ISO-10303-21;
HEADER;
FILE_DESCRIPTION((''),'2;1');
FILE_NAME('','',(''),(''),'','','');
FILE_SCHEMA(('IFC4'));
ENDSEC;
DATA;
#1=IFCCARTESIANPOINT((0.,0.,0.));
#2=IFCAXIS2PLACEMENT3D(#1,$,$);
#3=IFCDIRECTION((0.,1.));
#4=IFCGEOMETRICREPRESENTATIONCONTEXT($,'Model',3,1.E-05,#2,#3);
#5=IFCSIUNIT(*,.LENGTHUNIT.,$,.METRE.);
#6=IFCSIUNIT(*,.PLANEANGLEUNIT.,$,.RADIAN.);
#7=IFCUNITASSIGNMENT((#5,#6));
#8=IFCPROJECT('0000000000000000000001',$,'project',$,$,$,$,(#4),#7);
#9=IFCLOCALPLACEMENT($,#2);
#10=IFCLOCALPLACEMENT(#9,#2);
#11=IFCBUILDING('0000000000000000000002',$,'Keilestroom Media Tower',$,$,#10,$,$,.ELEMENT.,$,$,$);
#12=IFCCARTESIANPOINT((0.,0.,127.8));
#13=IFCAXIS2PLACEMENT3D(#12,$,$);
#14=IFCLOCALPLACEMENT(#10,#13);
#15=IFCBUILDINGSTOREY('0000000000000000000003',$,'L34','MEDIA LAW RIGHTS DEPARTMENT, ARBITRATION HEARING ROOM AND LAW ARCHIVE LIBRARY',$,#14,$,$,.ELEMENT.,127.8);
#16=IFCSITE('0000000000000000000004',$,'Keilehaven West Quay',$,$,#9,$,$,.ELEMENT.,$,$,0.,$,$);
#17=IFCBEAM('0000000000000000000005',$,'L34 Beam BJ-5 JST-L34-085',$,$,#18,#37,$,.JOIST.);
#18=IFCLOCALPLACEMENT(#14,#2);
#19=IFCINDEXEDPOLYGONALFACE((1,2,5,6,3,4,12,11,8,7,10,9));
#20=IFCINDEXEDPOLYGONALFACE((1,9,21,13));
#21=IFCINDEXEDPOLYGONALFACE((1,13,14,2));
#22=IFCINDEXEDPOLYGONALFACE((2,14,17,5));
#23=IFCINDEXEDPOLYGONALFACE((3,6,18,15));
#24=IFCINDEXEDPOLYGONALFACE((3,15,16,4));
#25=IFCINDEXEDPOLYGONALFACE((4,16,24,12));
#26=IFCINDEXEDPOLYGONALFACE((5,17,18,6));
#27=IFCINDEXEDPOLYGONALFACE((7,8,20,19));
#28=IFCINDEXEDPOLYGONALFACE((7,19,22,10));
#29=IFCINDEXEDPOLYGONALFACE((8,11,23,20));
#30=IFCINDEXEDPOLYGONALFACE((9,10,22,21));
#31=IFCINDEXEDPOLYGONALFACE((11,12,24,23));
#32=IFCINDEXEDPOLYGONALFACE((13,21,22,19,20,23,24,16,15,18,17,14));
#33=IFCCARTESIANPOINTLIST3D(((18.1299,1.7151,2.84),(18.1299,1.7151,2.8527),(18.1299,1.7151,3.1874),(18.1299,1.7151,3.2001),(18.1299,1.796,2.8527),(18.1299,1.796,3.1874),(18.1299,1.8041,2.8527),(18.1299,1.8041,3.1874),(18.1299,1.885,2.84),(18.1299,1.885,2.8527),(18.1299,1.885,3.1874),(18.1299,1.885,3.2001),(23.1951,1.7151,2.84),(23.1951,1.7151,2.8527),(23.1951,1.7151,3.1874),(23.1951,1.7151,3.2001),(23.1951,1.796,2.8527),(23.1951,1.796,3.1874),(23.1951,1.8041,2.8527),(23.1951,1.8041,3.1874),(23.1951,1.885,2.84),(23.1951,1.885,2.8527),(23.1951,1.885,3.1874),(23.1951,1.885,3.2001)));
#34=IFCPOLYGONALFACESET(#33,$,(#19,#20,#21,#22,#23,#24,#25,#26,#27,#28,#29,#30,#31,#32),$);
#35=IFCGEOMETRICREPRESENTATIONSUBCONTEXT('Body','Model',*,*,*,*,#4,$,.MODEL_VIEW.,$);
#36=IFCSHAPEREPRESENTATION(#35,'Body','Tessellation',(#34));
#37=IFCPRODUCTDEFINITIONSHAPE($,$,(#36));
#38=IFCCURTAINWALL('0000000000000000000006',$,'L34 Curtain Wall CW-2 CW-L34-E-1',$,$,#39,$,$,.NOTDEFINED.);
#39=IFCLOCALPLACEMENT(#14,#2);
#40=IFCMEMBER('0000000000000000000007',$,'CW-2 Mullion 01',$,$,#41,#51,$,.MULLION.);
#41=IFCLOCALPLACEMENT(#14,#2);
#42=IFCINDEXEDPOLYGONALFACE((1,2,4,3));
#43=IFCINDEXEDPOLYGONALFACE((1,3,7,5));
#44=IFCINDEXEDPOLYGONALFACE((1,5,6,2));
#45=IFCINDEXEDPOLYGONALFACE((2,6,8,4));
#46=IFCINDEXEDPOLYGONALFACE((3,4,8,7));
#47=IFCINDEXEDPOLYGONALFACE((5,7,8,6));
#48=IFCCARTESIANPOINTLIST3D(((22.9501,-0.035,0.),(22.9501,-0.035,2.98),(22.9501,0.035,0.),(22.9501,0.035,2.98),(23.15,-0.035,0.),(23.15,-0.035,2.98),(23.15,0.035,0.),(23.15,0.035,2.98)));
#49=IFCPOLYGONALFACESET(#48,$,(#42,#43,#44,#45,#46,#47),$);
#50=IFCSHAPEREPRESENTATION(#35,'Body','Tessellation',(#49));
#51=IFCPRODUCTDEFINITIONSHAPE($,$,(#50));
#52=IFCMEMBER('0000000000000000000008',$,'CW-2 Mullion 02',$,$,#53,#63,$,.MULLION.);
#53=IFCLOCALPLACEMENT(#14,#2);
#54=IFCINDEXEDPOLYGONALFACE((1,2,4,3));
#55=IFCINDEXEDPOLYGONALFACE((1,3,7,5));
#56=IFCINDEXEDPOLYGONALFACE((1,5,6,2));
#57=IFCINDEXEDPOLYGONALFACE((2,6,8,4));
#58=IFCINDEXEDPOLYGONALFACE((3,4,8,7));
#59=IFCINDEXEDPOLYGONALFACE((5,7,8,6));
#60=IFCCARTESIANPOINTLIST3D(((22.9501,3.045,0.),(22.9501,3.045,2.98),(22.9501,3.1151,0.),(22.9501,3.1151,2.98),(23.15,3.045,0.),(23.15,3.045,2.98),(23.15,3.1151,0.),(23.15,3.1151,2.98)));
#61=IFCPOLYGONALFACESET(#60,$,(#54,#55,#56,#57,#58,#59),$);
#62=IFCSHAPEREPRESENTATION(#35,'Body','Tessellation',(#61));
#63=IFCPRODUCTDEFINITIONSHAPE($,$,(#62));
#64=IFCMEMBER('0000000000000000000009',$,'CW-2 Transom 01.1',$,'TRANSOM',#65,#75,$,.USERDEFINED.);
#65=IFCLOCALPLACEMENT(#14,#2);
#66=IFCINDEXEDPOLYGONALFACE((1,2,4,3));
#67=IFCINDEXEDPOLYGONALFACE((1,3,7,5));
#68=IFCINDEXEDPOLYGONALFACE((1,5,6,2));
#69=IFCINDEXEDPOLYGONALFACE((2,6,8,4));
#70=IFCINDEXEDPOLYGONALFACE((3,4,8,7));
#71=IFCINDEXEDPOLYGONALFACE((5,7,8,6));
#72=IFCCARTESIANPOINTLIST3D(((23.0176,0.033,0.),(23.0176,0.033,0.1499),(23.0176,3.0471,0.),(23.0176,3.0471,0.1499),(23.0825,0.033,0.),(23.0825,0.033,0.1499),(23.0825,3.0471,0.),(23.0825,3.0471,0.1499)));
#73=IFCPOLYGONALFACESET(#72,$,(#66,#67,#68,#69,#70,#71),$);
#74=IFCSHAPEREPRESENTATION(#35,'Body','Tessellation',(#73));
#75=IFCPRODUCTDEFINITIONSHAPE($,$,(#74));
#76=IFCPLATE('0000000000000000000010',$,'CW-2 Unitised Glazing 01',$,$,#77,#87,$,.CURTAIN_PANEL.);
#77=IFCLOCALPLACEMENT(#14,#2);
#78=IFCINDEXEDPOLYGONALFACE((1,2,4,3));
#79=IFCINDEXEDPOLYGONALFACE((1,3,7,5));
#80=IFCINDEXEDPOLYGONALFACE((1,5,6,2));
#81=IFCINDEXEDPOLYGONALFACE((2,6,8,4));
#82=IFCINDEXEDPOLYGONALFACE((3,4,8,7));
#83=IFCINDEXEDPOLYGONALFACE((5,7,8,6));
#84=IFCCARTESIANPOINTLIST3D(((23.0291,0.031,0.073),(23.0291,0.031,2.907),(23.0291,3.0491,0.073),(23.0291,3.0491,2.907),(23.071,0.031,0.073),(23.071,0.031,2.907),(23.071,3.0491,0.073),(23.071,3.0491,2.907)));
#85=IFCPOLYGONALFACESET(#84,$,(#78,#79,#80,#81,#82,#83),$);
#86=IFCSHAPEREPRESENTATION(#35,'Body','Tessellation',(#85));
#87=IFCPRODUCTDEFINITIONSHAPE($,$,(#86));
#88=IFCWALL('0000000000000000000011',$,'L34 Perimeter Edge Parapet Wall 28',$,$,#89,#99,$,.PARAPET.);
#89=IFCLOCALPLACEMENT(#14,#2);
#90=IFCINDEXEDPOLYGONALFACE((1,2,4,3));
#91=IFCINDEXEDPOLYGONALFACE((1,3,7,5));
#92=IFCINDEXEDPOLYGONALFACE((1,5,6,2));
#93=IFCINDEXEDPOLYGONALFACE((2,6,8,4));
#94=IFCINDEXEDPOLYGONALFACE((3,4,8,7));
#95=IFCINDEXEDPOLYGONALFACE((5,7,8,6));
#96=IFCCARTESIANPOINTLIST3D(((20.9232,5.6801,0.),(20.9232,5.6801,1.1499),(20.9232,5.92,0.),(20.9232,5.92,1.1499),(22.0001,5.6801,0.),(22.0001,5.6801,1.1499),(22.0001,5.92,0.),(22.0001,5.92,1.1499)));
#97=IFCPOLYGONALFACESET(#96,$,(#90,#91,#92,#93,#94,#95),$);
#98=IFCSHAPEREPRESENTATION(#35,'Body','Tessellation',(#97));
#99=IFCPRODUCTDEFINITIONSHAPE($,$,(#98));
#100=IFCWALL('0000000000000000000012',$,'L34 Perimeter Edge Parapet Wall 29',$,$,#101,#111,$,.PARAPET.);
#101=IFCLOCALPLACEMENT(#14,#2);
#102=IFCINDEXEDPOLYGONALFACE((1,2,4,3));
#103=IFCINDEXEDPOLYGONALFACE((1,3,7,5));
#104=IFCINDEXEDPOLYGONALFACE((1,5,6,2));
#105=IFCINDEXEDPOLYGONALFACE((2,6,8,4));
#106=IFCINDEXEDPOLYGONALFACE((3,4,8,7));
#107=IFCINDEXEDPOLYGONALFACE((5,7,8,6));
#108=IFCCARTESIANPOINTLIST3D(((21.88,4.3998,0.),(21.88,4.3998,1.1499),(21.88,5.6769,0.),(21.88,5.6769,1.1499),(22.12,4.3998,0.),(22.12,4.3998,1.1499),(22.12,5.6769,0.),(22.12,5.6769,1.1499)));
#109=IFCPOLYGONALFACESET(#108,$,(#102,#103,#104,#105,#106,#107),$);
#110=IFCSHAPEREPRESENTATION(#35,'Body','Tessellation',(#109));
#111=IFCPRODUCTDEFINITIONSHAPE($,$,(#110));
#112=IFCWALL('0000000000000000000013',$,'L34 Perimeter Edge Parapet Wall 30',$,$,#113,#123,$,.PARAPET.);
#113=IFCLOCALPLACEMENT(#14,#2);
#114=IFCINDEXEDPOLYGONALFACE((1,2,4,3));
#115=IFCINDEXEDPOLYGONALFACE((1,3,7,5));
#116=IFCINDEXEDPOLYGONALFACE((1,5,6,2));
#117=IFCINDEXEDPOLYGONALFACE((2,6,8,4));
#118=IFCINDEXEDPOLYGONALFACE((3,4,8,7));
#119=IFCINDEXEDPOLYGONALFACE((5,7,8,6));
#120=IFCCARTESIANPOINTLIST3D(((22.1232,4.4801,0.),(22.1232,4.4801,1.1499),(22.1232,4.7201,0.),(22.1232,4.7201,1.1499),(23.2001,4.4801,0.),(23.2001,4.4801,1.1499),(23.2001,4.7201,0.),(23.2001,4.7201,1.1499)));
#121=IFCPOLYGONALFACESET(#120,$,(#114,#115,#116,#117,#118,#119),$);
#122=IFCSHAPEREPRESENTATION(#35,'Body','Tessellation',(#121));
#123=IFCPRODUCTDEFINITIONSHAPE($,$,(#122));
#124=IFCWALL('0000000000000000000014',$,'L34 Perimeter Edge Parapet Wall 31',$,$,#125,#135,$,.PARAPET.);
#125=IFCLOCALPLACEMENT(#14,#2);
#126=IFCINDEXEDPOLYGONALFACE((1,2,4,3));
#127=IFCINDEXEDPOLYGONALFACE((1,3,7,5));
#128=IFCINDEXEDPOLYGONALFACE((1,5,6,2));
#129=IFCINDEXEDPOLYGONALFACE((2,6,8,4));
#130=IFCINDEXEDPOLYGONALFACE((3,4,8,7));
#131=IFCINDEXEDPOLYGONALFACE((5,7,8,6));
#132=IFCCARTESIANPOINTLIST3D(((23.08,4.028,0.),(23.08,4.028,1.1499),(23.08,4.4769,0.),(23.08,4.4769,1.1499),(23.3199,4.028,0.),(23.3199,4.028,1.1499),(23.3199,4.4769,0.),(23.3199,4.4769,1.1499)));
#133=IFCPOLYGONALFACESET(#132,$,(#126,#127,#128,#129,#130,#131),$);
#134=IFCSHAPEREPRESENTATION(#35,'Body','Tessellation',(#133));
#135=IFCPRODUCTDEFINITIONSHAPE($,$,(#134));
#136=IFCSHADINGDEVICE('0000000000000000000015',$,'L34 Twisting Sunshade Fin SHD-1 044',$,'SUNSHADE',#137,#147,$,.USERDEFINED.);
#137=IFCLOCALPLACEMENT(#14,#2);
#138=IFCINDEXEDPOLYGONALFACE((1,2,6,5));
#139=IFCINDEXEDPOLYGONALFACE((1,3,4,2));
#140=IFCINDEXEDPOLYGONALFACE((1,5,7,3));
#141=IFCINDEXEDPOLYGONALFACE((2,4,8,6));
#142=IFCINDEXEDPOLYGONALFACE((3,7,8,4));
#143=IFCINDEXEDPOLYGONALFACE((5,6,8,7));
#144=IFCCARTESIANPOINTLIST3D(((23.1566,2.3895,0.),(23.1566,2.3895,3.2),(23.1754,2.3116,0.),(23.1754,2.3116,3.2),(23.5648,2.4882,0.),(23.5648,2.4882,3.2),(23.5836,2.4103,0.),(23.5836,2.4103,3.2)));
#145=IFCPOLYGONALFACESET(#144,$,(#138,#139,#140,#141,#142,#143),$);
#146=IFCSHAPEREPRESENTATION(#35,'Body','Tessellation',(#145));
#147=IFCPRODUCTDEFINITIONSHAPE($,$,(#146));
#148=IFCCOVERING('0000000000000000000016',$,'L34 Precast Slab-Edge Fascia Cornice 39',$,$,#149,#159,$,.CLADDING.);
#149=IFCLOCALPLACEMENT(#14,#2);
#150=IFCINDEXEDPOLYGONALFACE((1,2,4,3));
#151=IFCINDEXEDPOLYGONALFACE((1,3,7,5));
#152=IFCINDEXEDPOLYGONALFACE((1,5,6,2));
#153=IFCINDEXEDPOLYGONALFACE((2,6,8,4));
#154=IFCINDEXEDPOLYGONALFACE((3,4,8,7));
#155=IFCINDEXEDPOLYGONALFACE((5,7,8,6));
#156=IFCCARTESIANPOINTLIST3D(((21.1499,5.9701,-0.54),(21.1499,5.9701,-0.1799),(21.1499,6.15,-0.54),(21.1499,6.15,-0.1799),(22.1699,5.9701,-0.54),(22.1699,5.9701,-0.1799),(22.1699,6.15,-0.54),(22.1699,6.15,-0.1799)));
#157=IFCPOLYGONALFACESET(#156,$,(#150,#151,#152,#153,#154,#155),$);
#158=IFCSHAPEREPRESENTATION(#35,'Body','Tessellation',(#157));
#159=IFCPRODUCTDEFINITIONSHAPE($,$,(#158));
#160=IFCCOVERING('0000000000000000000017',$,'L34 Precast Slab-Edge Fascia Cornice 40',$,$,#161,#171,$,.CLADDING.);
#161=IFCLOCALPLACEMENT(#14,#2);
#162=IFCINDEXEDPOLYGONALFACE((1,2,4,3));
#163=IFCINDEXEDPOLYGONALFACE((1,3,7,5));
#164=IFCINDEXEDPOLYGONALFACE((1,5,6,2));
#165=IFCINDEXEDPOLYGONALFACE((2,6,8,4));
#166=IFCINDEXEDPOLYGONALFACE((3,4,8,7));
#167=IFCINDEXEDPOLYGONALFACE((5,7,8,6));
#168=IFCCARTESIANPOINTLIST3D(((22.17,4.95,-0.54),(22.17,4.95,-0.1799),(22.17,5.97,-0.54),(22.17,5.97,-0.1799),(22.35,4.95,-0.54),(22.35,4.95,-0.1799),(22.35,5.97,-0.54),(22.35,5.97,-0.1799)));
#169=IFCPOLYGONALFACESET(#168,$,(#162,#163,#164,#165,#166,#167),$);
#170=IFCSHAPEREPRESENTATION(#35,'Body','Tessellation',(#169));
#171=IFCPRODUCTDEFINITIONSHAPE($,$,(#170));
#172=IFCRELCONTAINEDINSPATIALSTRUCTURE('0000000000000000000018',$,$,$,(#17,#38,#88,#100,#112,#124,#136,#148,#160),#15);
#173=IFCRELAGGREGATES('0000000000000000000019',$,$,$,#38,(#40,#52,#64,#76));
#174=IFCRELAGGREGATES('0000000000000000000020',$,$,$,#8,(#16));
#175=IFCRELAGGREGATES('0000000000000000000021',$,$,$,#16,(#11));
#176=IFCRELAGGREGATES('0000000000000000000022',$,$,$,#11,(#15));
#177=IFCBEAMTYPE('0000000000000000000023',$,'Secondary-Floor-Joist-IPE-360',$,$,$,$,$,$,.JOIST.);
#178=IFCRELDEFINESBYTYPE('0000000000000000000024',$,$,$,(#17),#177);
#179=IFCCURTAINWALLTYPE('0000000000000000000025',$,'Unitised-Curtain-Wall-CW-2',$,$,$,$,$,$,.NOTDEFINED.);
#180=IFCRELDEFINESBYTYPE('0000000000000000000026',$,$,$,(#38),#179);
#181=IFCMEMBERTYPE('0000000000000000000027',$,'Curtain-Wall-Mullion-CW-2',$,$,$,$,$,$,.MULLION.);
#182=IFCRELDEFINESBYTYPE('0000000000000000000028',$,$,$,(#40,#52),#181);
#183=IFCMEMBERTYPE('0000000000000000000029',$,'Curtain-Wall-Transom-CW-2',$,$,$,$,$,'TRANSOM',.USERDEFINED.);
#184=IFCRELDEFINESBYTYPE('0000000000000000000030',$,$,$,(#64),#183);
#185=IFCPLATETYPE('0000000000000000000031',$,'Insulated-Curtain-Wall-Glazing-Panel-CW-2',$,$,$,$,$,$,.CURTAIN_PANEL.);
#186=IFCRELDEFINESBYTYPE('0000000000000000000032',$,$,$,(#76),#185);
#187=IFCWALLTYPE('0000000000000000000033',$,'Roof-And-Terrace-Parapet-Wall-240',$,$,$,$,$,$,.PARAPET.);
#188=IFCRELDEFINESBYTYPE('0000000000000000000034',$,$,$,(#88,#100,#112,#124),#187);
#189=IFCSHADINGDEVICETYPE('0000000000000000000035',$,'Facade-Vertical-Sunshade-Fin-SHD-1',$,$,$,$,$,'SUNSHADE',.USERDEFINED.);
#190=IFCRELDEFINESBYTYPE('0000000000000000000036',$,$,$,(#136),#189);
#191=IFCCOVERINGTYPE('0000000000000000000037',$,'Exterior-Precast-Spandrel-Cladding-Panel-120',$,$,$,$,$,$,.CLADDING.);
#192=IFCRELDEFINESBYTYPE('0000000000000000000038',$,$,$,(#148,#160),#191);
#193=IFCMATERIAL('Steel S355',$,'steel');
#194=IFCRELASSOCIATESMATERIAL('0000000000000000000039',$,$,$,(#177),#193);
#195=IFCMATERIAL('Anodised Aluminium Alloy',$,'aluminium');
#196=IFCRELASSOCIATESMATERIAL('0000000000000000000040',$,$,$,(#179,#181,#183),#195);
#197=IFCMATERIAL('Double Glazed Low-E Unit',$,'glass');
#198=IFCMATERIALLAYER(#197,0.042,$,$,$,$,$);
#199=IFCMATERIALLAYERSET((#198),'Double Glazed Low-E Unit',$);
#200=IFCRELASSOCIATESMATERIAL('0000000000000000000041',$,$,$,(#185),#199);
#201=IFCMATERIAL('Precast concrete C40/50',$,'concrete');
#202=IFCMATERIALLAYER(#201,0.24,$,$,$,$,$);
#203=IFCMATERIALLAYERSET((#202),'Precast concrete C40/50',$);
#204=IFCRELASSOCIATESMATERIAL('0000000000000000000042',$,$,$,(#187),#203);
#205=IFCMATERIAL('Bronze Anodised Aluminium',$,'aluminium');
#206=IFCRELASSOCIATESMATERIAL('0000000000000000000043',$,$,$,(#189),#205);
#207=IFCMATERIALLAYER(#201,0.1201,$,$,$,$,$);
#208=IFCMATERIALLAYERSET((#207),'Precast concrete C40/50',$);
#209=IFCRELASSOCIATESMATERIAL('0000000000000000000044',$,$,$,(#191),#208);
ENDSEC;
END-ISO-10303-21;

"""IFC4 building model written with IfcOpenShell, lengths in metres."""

from ifc_helpers import new_model, si_unit, direction, frame, frame_2d, origin, origin_2d, place, context, subcontext, project, spatial, rectangle, i_section, extrude, source, transform, mapped, material, layer, layer_set, material_profile, profile_set, type_object, element, aggregate, save


model = new_model("IFC4")

# Units and contexts
model_context = context("Model", 3, precision=1e-05, world=origin(), true_north=direction((0.0, 1.0)))
body_context = subcontext(model_context, "Body", "Model", "MODEL_VIEW")
ifc_project = project(units=[si_unit("LENGTHUNIT", "METRE"), si_unit("PLANEANGLEUNIT", "RADIAN")], contexts=[model_context])

# Site, building, storey
site_placement = place(None, origin())
site = spatial("IfcSite", under=ifc_project, at=site_placement, Name="Keilehaven West Quay", CompositionType="ELEMENT", RefElevation=0.0)
building_placement = place(site_placement, origin())
building = spatial("IfcBuilding", under=site, at=building_placement, Name="Keilestroom Media Tower", CompositionType="ELEMENT")
storey_placement = place(building_placement, frame((0.0, 0.0, 127.8)))
storey = spatial("IfcBuildingStorey", under=building, at=storey_placement, Name="L34", Description="MEDIA LAW RIGHTS DEPARTMENT, ARBITRATION HEARING ROOM AND LAW ARCHIVE LIBRARY", CompositionType="ELEMENT", Elevation=127.8)

# Shared definitions
ifc_material_1 = material(Name="Precast concrete C40/50", Category="concrete")
ifc_material_2 = material(Name="Steel S355", Category="steel")

# Beam
ifc_material_profile_1 = material_profile(ifc_material_2, i_section(OverallWidth=0.1699, OverallDepth=0.3601, WebThickness=0.0081, FlangeThickness=0.0127, at=origin_2d()), Name="IPE 360")
ifc_profile_set_1 = profile_set([ifc_material_profile_1], Name="Steel S355")
beam_type_1 = type_object("IfcBeamType", Name="Secondary-Floor-Joist-IPE-360", PredefinedType="JOIST", material=ifc_profile_set_1)
shared_shape_1 = source(origin(), body_context, "Body", "SweptSolid", [
    extrude(i_section(OverallWidth=0.1699, OverallDepth=0.3601, WebThickness=0.0081, FlangeThickness=0.0127, at=origin_2d()), origin(), (0.0, 0.0, 1.0), 5.0652),
])
for number, where, z_axis, x_axis, name in (
    (1, (18.1299, 1.8, 3.02), (1.0, 0.0, 0.0), (0.0, 1.0, 0.0), "L34 Beam BJ-5 JST-L34-085"),
):
    element("IfcBeam", number, at=place(storey_placement, frame(where, z_axis=z_axis, x_axis=x_axis)), inside=storey, type_object=beam_type_1, Name=name, PredefinedType="JOIST", context=body_context, shape_type="MappedRepresentation", body=[
        mapped(shared_shape_1, transform((0.0, 0.0, 0.0), x_axis=(1.0, 0.0, 0.0), y_axis=(0.0, 1.0, 0.0), z_axis=(0.0, 0.0, 1.0), scale=1.0)),
    ])

# Curtain wall, members, plate
ifc_material_3 = material(Name="Anodised Aluminium Alloy", Category="aluminium")
curtain_wall_type = type_object("IfcCurtainWallType", Name="Unitised-Curtain-Wall-CW-2", PredefinedType="NOTDEFINED", material=ifc_material_3)
curtain_wall_placement = place(storey_placement, origin())
curtain_wall = element("IfcCurtainWall", 2, at=curtain_wall_placement, inside=storey, type_object=curtain_wall_type, Name="L34 Curtain Wall CW-2 CW-L34-E-1", PredefinedType="NOTDEFINED")
ifc_material_profile_2 = material_profile(ifc_material_3, rectangle(XDim=0.0701, YDim=0.2, at=origin_2d()), Name="ALU MULLION 70x200")
ifc_profile_set_2 = profile_set([ifc_material_profile_2], Name="Anodised Aluminium Alloy")
member_type_1 = type_object("IfcMemberType", Name="Curtain-Wall-Mullion-CW-2", PredefinedType="MULLION", material=ifc_profile_set_2)
shared_shape_2 = source(origin(), body_context, "Body", "SweptSolid", [
    extrude(rectangle(XDim=0.0701, YDim=0.2, at=origin_2d()), origin(), (0.0, 0.0, 1.0), 2.98),
])
member_1_placement = place(storey_placement, frame((23.05, 0.0, 0.0), z_axis=(0.0, 0.0, 1.0), x_axis=(0.0, 1.0, 0.0)))
member_1 = element("IfcMember", 3, at=member_1_placement, type_object=member_type_1, Name="CW-2 Mullion 01", PredefinedType="MULLION", context=body_context, shape_type="MappedRepresentation", body=[
    mapped(shared_shape_2, transform((0.0, 0.0, 0.0), x_axis=(1.0, 0.0, 0.0), y_axis=(0.0, 1.0, 0.0), z_axis=(0.0, 0.0, 1.0), scale=1.0)),
])
member_2_placement = place(storey_placement, frame((23.05, 3.0801, 0.0), z_axis=(0.0, 0.0, 1.0), x_axis=(0.0, 1.0, 0.0)))
member_2 = element("IfcMember", 4, at=member_2_placement, type_object=member_type_1, Name="CW-2 Mullion 02", PredefinedType="MULLION", context=body_context, shape_type="MappedRepresentation", body=[
    mapped(shared_shape_2, transform((0.0, 0.0, 0.0), x_axis=(1.0, 0.0, 0.0), y_axis=(0.0, 1.0, 0.0), z_axis=(0.0, 0.0, 1.0), scale=1.0)),
])
ifc_material_profile_3 = material_profile(ifc_material_3, rectangle(XDim=0.0649, YDim=0.1499, at=origin_2d()), Name="ALU TRANSOM 65x150")
ifc_profile_set_3 = profile_set([ifc_material_profile_3], Name="Anodised Aluminium Alloy")
member_type_2 = type_object("IfcMemberType", Name="Curtain-Wall-Transom-CW-2", ElementType="TRANSOM", PredefinedType="USERDEFINED", material=ifc_profile_set_3)
shared_shape_3 = source(origin(), body_context, "Body", "SweptSolid", [
    extrude(rectangle(XDim=0.0649, YDim=0.1499, at=origin_2d()), origin(), (0.0, 0.0, 1.0), 3.0142),
])
member_3_placement = place(storey_placement, frame((23.05, 0.033, 0.075), z_axis=(0.0, 1.0, 0.0), x_axis=(-1.0, 0.0, 0.0)))
member_3 = element("IfcMember", 5, at=member_3_placement, type_object=member_type_2, Name="CW-2 Transom 01.1", ObjectType="TRANSOM", PredefinedType="USERDEFINED", context=body_context, shape_type="MappedRepresentation", body=[
    mapped(shared_shape_3, transform((0.0, 0.0, 0.0), x_axis=(1.0, 0.0, 0.0), y_axis=(0.0, 1.0, 0.0), z_axis=(0.0, 0.0, 1.0), scale=1.0)),
])
ifc_material_4 = material(Name="Double Glazed Low-E Unit", Category="glass")
ifc_layer_1 = layer(ifc_material_4, 0.042)
ifc_layer_set_1 = layer_set([ifc_layer_1], Name="Double Glazed Low-E Unit")
plate_type = type_object("IfcPlateType", Name="Insulated-Curtain-Wall-Glazing-Panel-CW-2", PredefinedType="CURTAIN_PANEL", material=ifc_layer_set_1)
shared_shape_4 = source(origin(), body_context, "Body", "SweptSolid", [
    extrude(rectangle(XDim=3.0181, YDim=0.042, at=origin_2d()), origin(), (0.0, 0.0, 1.0), 2.834),
])
plate_placement = place(storey_placement, frame((23.05, 1.54, 0.073), z_axis=(0.0, 0.0, 1.0), x_axis=(0.0, 1.0, 0.0)))
plate = element("IfcPlate", 6, at=plate_placement, type_object=plate_type, Name="CW-2 Unitised Glazing 01", PredefinedType="CURTAIN_PANEL", context=body_context, shape_type="MappedRepresentation", body=[
    mapped(shared_shape_4, transform((0.0, 0.0, 0.0), x_axis=(1.0, 0.0, 0.0), y_axis=(0.0, 1.0, 0.0), z_axis=(0.0, 0.0, 1.0), scale=1.0)),
])
aggregate(curtain_wall, [member_1, member_2, member_3, plate])

# Walls
ifc_layer_2 = layer(ifc_material_1, 0.24)
ifc_layer_set_2 = layer_set([ifc_layer_2], Name="Precast concrete C40/50")
wall_type = type_object("IfcWallType", Name="Roof-And-Terrace-Parapet-Wall-240", PredefinedType="PARAPET", material=ifc_layer_set_2)
wall_1_placement = place(storey_placement, frame((20.9231, 5.8, 0.0), z_axis=(0.0, 0.0, 1.0), x_axis=(1.0, 0.0, 0.0)))
element("IfcWall", 7, at=wall_1_placement, inside=storey, type_object=wall_type, Name="L34 Perimeter Edge Parapet Wall 28", PredefinedType="PARAPET", context=body_context, shape_type="SweptSolid", body=[
    extrude(rectangle(XDim=1.0769, YDim=0.24, at=frame_2d((0.5386, 0.0))), origin(), (0.0, 0.0, 1.0), 1.1499),
])
wall_2_placement = place(storey_placement, frame((22.0, 5.677, 0.0), z_axis=(0.0, 0.0, 1.0), x_axis=(0.0, -1.0, 0.0)))
element("IfcWall", 8, at=wall_2_placement, inside=storey, type_object=wall_type, Name="L34 Perimeter Edge Parapet Wall 29", PredefinedType="PARAPET", context=body_context, shape_type="SweptSolid", body=[
    extrude(rectangle(XDim=1.2771, YDim=0.24, at=frame_2d((0.6387, 0.0))), origin(), (0.0, 0.0, 1.0), 1.1499),
])
wall_3_placement = place(storey_placement, frame((22.123, 4.6001, 0.0), z_axis=(0.0, 0.0, 1.0), x_axis=(1.0, 0.0, 0.0)))
element("IfcWall", 9, at=wall_3_placement, inside=storey, type_object=wall_type, Name="L34 Perimeter Edge Parapet Wall 30", PredefinedType="PARAPET", context=body_context, shape_type="SweptSolid", body=[
    extrude(rectangle(XDim=1.0769, YDim=0.24, at=frame_2d((0.5386, 0.0))), origin(), (0.0, 0.0, 1.0), 1.1499),
])
wall_4_placement = place(storey_placement, frame((23.2, 4.4771, 0.0), z_axis=(0.0, 0.0, 1.0), x_axis=(0.0, -1.0, 0.0)))
element("IfcWall", 10, at=wall_4_placement, inside=storey, type_object=wall_type, Name="L34 Perimeter Edge Parapet Wall 31", PredefinedType="PARAPET", context=body_context, shape_type="SweptSolid", body=[
    extrude(rectangle(XDim=0.449, YDim=0.24, at=frame_2d((0.2246, 0.0))), origin(), (0.0, 0.0, 1.0), 1.1499),
])

# Shading device
ifc_material_5 = material(Name="Bronze Anodised Aluminium", Category="aluminium")
shading_device_type = type_object("IfcShadingDeviceType", Name="Facade-Vertical-Sunshade-Fin-SHD-1", ElementType="SUNSHADE", PredefinedType="USERDEFINED", material=ifc_material_5)
shared_shape_5 = source(origin(), body_context, "Body", "SweptSolid", [
    extrude(rectangle(XDim=0.4199, YDim=0.0801, at=origin_2d()), origin(), (0.0, 0.0, 1.0), 3.2),
])
shading_device_placement = place(storey_placement, frame((23.3701, 2.3999, 0.0), z_axis=(0.0, 0.0, 1.0), x_axis=(0.972002, 0.234972, 0.0)))
element("IfcShadingDevice", 11, at=shading_device_placement, inside=storey, type_object=shading_device_type, Name="L34 Twisting Sunshade Fin SHD-1 044", ObjectType="SUNSHADE", PredefinedType="USERDEFINED", context=body_context, shape_type="MappedRepresentation", body=[
    mapped(shared_shape_5, transform((0.0, 0.0, 0.0), x_axis=(1.0, 0.0, 0.0), y_axis=(0.0, 1.0, 0.0), z_axis=(0.0, 0.0, 1.0), scale=1.0)),
])

# Coverings
ifc_layer_3 = layer(ifc_material_1, 0.1201)
ifc_layer_set_3 = layer_set([ifc_layer_3], Name="Precast concrete C40/50")
covering_type = type_object("IfcCoveringType", Name="Exterior-Precast-Spandrel-Cladding-Panel-120", PredefinedType="CLADDING", material=ifc_layer_set_3)
shared_shape_6 = source(origin(), body_context, "Body", "SweptSolid", [
    extrude(rectangle(XDim=1.02, YDim=0.1799, at=origin_2d()), origin(), (0.0, 0.0, 1.0), 0.3601),
])
for number, where, z_axis, x_axis, name in (
    (12, (21.6599, 6.0601, -0.54), (0.0, 0.0, 1.0), (1.0, 0.0, 0.0), "L34 Precast Slab-Edge Fascia Cornice 39"),
    (13, (22.26, 5.46, -0.54), (0.0, 0.0, 1.0), (0.0, -1.0, 0.0), "L34 Precast Slab-Edge Fascia Cornice 40"),
):
    element("IfcCovering", number, at=place(storey_placement, frame(where, z_axis=z_axis, x_axis=x_axis)), inside=storey, type_object=covering_type, Name=name, PredefinedType="CLADDING", context=body_context, shape_type="MappedRepresentation", body=[
        mapped(shared_shape_6, transform((0.0, 0.0, 0.0), x_axis=(1.0, 0.0, 0.0), y_axis=(0.0, 1.0, 0.0), z_axis=(0.0, 0.0, 1.0), scale=1.0)),
    ])

save(model, "model.ifc")
